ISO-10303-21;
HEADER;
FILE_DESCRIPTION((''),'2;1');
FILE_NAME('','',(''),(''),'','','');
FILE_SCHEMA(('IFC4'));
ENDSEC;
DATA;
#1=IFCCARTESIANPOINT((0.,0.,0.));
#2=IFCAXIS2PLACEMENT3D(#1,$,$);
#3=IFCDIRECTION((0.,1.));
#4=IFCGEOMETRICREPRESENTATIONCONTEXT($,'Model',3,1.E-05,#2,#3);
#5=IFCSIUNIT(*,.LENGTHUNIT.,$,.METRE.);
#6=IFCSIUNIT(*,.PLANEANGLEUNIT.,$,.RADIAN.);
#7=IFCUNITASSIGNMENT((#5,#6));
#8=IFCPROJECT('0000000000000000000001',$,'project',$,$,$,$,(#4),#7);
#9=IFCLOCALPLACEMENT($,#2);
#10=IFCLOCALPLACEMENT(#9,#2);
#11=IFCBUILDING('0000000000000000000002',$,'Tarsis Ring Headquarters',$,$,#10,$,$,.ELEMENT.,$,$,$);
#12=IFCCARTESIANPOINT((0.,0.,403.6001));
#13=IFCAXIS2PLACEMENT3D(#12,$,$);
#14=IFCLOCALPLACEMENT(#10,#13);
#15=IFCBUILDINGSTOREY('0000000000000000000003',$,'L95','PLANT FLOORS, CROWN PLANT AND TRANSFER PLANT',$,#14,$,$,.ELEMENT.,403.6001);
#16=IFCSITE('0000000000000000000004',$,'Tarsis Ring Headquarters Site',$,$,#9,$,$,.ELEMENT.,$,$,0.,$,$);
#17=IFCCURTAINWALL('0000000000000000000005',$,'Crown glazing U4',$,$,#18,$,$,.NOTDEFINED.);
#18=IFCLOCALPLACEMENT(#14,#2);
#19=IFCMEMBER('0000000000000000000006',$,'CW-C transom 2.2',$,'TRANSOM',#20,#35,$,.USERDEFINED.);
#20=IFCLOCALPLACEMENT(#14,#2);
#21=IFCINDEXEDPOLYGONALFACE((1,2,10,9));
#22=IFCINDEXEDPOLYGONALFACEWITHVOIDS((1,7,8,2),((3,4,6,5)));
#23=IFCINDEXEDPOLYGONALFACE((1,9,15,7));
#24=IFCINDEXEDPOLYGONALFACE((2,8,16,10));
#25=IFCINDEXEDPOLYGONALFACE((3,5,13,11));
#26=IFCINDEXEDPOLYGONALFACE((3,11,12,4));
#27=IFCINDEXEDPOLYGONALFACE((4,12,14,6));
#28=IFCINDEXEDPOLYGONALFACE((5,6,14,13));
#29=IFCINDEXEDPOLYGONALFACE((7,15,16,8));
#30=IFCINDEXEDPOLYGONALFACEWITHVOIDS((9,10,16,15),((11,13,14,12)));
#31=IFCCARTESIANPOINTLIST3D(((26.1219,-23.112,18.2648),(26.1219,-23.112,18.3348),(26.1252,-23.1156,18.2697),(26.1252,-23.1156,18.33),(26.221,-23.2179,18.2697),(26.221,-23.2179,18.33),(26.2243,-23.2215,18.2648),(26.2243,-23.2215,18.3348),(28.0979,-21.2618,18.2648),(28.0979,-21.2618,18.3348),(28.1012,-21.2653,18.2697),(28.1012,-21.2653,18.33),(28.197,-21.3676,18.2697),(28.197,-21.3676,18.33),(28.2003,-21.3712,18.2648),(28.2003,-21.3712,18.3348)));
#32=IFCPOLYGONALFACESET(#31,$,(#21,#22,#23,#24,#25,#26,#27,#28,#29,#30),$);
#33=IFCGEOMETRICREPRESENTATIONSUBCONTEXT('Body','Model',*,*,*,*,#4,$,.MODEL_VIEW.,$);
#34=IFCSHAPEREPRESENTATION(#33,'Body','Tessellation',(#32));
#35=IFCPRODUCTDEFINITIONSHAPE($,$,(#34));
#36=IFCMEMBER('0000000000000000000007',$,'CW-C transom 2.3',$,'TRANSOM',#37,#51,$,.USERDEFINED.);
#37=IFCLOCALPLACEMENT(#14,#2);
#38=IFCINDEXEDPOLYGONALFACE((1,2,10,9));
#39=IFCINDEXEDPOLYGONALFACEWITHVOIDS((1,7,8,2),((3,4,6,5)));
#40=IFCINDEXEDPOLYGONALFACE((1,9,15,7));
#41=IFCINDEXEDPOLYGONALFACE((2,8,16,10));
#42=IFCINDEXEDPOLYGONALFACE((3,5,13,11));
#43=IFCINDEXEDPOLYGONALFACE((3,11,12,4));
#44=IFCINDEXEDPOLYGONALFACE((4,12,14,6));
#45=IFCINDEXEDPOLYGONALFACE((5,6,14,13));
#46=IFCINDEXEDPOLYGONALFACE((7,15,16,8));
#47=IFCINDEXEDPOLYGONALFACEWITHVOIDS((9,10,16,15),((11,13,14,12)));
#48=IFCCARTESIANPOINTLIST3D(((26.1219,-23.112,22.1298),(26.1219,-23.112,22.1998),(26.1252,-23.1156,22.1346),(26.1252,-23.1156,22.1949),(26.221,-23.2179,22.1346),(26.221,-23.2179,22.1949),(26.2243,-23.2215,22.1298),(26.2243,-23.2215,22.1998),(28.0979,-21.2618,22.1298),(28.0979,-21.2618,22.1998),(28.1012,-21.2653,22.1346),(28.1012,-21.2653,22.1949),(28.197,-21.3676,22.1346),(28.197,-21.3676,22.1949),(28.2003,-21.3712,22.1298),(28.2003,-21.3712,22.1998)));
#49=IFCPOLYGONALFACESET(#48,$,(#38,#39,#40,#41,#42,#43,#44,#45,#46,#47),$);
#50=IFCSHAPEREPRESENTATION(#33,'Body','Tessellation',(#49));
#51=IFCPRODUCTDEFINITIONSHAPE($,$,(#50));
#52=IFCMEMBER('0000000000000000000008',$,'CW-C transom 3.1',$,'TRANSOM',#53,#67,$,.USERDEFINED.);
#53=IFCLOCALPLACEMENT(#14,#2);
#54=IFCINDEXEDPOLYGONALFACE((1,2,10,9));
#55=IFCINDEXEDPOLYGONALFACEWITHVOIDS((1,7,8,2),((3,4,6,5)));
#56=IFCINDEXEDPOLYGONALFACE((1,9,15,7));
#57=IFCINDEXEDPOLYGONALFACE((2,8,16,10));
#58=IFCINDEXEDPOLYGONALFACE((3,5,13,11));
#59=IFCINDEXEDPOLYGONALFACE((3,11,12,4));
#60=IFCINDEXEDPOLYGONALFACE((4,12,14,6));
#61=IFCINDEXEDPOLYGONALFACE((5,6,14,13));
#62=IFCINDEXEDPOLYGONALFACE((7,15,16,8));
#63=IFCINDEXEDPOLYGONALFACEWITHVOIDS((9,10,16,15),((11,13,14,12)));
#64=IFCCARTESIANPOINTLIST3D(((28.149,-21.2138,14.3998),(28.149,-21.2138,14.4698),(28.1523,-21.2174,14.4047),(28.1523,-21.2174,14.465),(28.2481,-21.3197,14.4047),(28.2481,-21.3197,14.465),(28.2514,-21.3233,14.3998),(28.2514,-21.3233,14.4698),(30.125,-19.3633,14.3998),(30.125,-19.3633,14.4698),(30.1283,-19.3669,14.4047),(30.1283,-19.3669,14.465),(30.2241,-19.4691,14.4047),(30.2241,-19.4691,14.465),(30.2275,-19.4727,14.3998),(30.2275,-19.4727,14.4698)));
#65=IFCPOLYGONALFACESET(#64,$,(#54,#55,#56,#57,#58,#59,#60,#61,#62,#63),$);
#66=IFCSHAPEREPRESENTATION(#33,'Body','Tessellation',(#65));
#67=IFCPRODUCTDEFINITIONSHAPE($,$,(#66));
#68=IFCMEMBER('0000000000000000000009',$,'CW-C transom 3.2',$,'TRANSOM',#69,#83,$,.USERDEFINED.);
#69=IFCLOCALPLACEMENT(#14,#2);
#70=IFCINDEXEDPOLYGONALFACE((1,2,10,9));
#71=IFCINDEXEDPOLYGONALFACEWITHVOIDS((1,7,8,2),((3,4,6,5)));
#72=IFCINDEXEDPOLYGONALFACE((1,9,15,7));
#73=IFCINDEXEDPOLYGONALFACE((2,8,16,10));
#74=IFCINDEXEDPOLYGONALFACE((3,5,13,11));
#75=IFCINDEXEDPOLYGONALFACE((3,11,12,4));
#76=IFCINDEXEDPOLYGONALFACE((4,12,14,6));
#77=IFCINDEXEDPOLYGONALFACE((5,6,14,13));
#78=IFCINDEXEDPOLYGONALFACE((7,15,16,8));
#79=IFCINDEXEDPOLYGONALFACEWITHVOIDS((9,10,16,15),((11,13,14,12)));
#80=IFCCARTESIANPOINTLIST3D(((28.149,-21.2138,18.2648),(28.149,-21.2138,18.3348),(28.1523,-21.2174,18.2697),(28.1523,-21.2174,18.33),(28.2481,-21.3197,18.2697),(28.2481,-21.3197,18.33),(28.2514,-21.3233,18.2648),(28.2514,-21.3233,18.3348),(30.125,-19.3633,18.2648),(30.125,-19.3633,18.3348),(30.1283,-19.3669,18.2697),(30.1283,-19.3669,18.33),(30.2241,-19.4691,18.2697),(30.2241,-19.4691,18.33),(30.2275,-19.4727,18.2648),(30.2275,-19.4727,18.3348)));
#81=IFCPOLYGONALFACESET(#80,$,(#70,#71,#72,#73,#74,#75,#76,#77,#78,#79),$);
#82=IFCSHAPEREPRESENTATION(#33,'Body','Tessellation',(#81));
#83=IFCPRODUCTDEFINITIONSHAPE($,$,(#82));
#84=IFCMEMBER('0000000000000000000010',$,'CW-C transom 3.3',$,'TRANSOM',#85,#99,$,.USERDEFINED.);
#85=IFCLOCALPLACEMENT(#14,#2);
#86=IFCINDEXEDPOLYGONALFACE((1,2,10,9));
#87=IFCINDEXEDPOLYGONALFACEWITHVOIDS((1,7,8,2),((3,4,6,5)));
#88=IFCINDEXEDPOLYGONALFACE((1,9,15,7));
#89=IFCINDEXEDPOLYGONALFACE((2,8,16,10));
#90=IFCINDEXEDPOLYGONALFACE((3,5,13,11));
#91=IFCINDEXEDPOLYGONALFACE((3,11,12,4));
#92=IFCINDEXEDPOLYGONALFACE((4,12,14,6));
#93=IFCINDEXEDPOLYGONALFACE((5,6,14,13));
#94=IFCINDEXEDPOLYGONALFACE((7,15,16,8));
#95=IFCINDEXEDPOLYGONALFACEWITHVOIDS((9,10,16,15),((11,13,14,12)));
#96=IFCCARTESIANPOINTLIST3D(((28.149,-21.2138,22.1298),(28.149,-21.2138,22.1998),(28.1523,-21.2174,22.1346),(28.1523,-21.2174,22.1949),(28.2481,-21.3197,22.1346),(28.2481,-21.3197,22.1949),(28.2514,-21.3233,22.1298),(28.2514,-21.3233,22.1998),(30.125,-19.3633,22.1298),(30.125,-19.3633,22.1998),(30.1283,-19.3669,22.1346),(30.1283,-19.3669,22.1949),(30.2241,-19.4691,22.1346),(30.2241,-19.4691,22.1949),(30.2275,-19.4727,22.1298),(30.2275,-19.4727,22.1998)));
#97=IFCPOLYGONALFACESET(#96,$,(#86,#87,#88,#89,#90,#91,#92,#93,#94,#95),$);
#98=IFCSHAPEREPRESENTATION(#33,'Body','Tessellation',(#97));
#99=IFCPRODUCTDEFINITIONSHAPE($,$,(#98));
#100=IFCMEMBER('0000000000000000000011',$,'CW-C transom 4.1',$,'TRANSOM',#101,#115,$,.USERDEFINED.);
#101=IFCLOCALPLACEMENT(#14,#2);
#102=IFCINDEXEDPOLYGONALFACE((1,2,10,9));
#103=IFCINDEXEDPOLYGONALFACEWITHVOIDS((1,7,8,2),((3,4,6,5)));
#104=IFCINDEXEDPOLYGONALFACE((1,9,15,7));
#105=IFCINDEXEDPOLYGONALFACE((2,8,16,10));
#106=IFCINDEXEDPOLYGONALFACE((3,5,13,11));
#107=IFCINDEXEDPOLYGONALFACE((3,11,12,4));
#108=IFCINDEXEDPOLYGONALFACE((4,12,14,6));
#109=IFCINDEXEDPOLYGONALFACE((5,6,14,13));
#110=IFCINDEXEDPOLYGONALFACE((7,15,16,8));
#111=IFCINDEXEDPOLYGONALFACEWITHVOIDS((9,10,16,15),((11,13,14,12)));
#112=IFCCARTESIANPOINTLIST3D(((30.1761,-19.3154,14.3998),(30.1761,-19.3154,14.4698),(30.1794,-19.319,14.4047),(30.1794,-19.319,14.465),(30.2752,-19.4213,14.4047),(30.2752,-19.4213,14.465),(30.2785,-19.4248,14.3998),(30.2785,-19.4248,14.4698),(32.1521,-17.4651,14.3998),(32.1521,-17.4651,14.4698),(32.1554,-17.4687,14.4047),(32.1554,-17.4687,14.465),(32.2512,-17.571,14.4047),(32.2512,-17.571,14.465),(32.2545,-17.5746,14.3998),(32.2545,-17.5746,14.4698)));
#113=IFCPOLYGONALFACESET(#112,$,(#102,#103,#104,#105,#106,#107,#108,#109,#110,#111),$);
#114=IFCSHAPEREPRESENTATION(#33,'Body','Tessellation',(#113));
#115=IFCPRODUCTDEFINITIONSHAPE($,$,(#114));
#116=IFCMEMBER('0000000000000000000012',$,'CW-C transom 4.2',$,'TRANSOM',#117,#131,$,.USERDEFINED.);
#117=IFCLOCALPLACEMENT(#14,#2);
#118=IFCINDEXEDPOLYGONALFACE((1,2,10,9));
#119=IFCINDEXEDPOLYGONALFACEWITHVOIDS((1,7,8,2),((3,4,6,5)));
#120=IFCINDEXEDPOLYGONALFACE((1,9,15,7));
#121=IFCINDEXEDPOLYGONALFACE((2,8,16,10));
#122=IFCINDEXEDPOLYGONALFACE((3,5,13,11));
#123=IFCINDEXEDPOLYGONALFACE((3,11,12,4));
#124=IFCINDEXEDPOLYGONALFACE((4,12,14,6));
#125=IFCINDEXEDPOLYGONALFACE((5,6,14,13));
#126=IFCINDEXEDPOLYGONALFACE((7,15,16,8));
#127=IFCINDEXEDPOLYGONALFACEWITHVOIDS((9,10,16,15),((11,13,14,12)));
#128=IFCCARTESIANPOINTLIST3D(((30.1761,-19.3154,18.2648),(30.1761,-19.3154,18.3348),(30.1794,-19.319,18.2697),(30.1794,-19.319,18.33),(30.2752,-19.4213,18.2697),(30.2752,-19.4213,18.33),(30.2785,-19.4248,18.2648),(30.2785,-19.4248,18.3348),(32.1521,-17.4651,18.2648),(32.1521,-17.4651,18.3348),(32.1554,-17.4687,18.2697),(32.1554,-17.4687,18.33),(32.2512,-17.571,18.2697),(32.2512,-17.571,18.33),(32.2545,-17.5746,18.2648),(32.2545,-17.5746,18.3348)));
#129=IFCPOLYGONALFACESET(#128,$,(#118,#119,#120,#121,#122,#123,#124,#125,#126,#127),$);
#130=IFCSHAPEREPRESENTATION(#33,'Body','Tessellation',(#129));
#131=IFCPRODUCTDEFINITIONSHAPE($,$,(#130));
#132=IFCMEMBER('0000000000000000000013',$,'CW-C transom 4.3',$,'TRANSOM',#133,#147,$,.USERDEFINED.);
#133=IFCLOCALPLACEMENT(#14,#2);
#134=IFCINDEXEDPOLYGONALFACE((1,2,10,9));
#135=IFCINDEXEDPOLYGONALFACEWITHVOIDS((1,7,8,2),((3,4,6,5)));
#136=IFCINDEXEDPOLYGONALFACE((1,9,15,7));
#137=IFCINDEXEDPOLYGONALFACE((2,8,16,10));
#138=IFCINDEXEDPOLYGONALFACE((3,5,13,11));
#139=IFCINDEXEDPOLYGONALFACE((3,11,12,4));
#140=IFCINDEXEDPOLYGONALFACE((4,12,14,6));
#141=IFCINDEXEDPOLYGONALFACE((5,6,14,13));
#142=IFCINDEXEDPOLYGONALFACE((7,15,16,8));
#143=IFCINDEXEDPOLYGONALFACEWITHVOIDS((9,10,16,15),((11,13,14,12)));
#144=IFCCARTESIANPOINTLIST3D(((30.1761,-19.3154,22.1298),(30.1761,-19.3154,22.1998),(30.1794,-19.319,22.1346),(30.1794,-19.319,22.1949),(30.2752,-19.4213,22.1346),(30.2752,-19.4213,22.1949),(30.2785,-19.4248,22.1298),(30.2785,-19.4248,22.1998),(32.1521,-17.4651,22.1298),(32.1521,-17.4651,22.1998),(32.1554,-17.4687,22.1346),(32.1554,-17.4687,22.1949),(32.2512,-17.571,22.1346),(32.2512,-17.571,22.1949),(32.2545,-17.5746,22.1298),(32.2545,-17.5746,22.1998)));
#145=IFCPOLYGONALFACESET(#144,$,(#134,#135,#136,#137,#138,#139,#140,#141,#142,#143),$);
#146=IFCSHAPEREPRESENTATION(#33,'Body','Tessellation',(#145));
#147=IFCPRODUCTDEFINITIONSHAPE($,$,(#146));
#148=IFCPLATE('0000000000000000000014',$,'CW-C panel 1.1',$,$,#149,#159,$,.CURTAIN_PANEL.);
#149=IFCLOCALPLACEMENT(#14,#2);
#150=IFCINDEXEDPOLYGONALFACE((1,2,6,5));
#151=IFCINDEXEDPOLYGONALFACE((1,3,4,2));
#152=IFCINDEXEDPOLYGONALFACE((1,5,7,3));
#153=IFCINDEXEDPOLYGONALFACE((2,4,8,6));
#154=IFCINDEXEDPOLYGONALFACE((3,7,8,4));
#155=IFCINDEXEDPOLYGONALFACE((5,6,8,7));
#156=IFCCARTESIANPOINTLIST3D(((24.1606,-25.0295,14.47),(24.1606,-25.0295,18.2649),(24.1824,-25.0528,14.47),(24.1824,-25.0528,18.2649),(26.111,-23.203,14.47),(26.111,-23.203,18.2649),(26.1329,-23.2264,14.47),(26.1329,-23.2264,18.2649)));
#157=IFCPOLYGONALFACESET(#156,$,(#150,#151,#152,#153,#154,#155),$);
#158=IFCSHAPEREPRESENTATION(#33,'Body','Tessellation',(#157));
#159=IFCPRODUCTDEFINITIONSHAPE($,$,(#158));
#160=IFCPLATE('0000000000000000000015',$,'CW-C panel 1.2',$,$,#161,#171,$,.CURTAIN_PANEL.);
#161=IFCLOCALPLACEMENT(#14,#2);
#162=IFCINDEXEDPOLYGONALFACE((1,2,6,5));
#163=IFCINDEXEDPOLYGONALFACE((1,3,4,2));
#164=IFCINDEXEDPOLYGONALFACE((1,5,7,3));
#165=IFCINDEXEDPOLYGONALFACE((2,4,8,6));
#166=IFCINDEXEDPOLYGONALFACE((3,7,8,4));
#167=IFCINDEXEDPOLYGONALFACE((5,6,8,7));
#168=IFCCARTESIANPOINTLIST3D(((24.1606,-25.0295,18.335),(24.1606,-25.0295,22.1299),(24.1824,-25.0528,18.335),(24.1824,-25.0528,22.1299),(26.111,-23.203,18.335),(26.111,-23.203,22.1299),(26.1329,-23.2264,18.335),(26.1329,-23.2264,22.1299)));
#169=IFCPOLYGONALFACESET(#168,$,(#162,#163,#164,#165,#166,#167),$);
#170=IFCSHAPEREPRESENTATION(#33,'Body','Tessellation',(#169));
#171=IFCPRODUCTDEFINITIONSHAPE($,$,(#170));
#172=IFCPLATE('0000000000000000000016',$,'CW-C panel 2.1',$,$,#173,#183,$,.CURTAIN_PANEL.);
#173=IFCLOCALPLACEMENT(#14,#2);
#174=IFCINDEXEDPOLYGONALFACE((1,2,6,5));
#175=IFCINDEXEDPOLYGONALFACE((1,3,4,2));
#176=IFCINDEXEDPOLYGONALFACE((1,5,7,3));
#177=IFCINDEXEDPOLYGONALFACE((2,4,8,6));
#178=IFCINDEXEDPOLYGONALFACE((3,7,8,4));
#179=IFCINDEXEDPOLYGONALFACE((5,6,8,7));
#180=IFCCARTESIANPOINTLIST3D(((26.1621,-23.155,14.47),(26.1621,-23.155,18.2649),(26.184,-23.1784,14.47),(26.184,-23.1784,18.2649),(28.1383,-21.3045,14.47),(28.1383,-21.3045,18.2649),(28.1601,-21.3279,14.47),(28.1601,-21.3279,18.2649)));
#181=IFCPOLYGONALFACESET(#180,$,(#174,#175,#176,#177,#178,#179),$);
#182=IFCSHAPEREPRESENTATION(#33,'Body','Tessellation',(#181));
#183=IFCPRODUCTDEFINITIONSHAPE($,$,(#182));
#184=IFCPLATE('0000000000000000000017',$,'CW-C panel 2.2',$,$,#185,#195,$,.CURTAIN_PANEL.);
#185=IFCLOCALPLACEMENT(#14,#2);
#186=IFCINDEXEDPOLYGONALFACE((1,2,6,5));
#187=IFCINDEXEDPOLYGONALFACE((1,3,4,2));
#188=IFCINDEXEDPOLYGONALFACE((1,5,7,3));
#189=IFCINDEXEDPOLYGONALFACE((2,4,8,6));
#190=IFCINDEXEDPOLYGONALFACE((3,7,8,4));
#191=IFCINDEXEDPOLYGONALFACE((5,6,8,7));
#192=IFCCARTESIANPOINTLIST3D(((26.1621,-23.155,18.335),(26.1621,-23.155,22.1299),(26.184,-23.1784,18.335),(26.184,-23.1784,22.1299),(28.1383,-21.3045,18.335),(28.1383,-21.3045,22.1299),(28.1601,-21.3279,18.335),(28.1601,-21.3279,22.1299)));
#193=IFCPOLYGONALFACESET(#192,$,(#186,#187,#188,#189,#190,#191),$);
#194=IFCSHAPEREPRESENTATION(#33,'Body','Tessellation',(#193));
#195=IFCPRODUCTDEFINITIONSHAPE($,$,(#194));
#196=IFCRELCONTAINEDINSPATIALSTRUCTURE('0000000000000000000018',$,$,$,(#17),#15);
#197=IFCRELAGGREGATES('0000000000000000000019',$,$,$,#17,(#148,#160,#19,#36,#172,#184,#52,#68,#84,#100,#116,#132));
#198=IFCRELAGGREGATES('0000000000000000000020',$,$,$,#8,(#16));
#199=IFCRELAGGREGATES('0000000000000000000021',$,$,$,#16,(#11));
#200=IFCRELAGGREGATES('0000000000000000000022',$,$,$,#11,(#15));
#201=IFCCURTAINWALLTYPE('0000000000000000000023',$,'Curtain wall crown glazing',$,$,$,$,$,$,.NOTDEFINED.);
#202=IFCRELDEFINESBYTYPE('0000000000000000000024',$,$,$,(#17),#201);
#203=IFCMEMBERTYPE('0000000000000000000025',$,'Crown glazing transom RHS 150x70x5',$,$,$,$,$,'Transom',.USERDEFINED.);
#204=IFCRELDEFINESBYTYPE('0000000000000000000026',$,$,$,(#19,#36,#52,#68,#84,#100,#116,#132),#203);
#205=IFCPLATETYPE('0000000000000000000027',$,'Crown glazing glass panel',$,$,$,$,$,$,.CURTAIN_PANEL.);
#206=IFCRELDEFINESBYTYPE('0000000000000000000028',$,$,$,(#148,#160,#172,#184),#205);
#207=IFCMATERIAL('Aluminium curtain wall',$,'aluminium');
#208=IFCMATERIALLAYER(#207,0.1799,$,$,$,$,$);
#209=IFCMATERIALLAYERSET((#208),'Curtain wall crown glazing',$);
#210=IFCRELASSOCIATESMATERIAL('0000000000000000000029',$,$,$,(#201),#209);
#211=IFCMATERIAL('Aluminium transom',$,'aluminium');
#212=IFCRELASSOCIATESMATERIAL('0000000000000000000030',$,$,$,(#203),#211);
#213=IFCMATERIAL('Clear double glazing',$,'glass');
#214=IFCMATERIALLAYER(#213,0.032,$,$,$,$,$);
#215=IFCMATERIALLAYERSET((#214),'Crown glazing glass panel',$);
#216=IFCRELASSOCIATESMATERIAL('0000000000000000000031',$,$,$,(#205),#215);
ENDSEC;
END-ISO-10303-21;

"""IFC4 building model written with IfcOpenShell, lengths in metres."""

from ifc_helpers import new_model, si_unit, direction, frame, origin, origin_2d, place, context, subcontext, project, spatial, rectangle, hollow_rectangle, extrude, material, layer, layer_set, material_profile, profile_set, type_object, element, aggregate, save


model = new_model("IFC4")

# Units and contexts
model_context = context("Model", 3, precision=1e-05, world=origin(), true_north=direction((0.0, 1.0)))
body_context = subcontext(model_context, "Body", "Model", "MODEL_VIEW")
ifc_project = project(units=[si_unit("LENGTHUNIT", "METRE"), si_unit("PLANEANGLEUNIT", "RADIAN")], contexts=[model_context])

# Site, building, storey
site_placement = place(None, origin())
site = spatial("IfcSite", under=ifc_project, at=site_placement, Name="Tarsis Ring Headquarters Site", CompositionType="ELEMENT", RefElevation=0.0)
building_placement = place(site_placement, origin())
building = spatial("IfcBuilding", under=site, at=building_placement, Name="Tarsis Ring Headquarters", CompositionType="ELEMENT")
storey_placement = place(building_placement, frame((0.0, 0.0, 403.6001)))
storey = spatial("IfcBuildingStorey", under=building, at=storey_placement, Name="L95", Description="PLANT FLOORS, CROWN PLANT AND TRANSFER PLANT", CompositionType="ELEMENT", Elevation=403.6001)

# Curtain wall, members, plates
ifc_material_1 = material(Name="Aluminium curtain wall", Category="aluminium")
ifc_layer_1 = layer(ifc_material_1, 0.1799)
ifc_layer_set_1 = layer_set([ifc_layer_1], Name="Curtain wall crown glazing")
curtain_wall_type = type_object("IfcCurtainWallType", Name="Curtain wall crown glazing", PredefinedType="NOTDEFINED", material=ifc_layer_set_1)
curtain_wall_placement = place(storey_placement, origin())
curtain_wall = element("IfcCurtainWall", 1, at=curtain_wall_placement, inside=storey, type_object=curtain_wall_type, Name="Crown glazing U4", PredefinedType="NOTDEFINED")
ifc_material_2 = material(Name="Aluminium transom", Category="aluminium")
ifc_material_profile_1 = material_profile(ifc_material_2, hollow_rectangle(XDim=0.1499, YDim=0.0701, WallThickness=0.0049, at=origin_2d()), Name="RHS 150x70x5")
ifc_profile_set_1 = profile_set([ifc_material_profile_1], Name="Aluminium transom")
member_type_1 = type_object("IfcMemberType", Name="Crown glazing transom RHS 150x70x5", ElementType="Transom", PredefinedType="USERDEFINED", material=ifc_profile_set_1)
member_1_placement = place(storey_placement, frame((26.1731, -23.1667, 18.2998), z_axis=(0.729948, 0.683503, 0.0), x_axis=(-0.683503, 0.729948, 0.0)))
member_1 = element("IfcMember", 2, at=member_1_placement, type_object=member_type_1, Name="CW-C transom 2.2", ObjectType="TRANSOM", PredefinedType="USERDEFINED", context=body_context, shape_type="SweptSolid", body=[
    extrude(hollow_rectangle(XDim=0.1499, YDim=0.0701, WallThickness=0.0049, at=origin_2d()), origin(), (0.0, 0.0, 1.0), 2.707),
])
member_2_placement = place(storey_placement, frame((26.1731, -23.1667, 22.1648), z_axis=(0.729948, 0.683503, 0.0), x_axis=(-0.683503, 0.729948, 0.0)))
member_2 = element("IfcMember", 3, at=member_2_placement, type_object=member_type_1, Name="CW-C transom 2.3", ObjectType="TRANSOM", PredefinedType="USERDEFINED", context=body_context, shape_type="SweptSolid", body=[
    extrude(hollow_rectangle(XDim=0.1499, YDim=0.0701, WallThickness=0.0049, at=origin_2d()), origin(), (0.0, 0.0, 1.0), 2.707),
])
member_3_placement = place(storey_placement, frame((28.2002, -21.2686, 14.4348), z_axis=(0.729903, 0.683551, 0.0), x_axis=(-0.683551, 0.729903, 0.0)))
member_3 = element("IfcMember", 4, at=member_3_placement, type_object=member_type_1, Name="CW-C transom 3.1", ObjectType="TRANSOM", PredefinedType="USERDEFINED", context=body_context, shape_type="SweptSolid", body=[
    extrude(hollow_rectangle(XDim=0.1499, YDim=0.0701, WallThickness=0.0049, at=origin_2d()), origin(), (0.0, 0.0, 1.0), 2.7073),
])
member_4_placement = place(storey_placement, frame((28.2002, -21.2686, 18.2998), z_axis=(0.729903, 0.683551, 0.0), x_axis=(-0.683551, 0.729903, 0.0)))
member_4 = element("IfcMember", 5, at=member_4_placement, type_object=member_type_1, Name="CW-C transom 3.2", ObjectType="TRANSOM", PredefinedType="USERDEFINED", context=body_context, shape_type="SweptSolid", body=[
    extrude(hollow_rectangle(XDim=0.1499, YDim=0.0701, WallThickness=0.0049, at=origin_2d()), origin(), (0.0, 0.0, 1.0), 2.7073),
])
member_5_placement = place(storey_placement, frame((28.2002, -21.2686, 22.1648), z_axis=(0.729903, 0.683551, 0.0), x_axis=(-0.683551, 0.729903, 0.0)))
member_5 = element("IfcMember", 6, at=member_5_placement, type_object=member_type_1, Name="CW-C transom 3.3", ObjectType="TRANSOM", PredefinedType="USERDEFINED", context=body_context, shape_type="SweptSolid", body=[
    extrude(hollow_rectangle(XDim=0.1499, YDim=0.0701, WallThickness=0.0049, at=origin_2d()), origin(), (0.0, 0.0, 1.0), 2.7073),
])
member_6_placement = place(storey_placement, frame((30.2273, -19.3701, 14.4348), z_axis=(0.729948, 0.683503, 0.0), x_axis=(-0.683503, 0.729948, 0.0)))
member_6 = element("IfcMember", 7, at=member_6_placement, type_object=member_type_1, Name="CW-C transom 4.1", ObjectType="TRANSOM", PredefinedType="USERDEFINED", context=body_context, shape_type="SweptSolid", body=[
    extrude(hollow_rectangle(XDim=0.1499, YDim=0.0701, WallThickness=0.0049, at=origin_2d()), origin(), (0.0, 0.0, 1.0), 2.707),
])
member_7_placement = place(storey_placement, frame((30.2273, -19.3701, 18.2998), z_axis=(0.729948, 0.683503, 0.0), x_axis=(-0.683503, 0.729948, 0.0)))
member_7 = element("IfcMember", 8, at=member_7_placement, type_object=member_type_1, Name="CW-C transom 4.2", ObjectType="TRANSOM", PredefinedType="USERDEFINED", context=body_context, shape_type="SweptSolid", body=[
    extrude(hollow_rectangle(XDim=0.1499, YDim=0.0701, WallThickness=0.0049, at=origin_2d()), origin(), (0.0, 0.0, 1.0), 2.707),
])
member_8_placement = place(storey_placement, frame((30.2273, -19.3701, 22.1648), z_axis=(0.729948, 0.683503, 0.0), x_axis=(-0.683503, 0.729948, 0.0)))
member_8 = element("IfcMember", 9, at=member_8_placement, type_object=member_type_1, Name="CW-C transom 4.3", ObjectType="TRANSOM", PredefinedType="USERDEFINED", context=body_context, shape_type="SweptSolid", body=[
    extrude(hollow_rectangle(XDim=0.1499, YDim=0.0701, WallThickness=0.0049, at=origin_2d()), origin(), (0.0, 0.0, 1.0), 2.707),
])
ifc_material_3 = material(Name="Clear double glazing", Category="glass")
ifc_layer_2 = layer(ifc_material_3, 0.032)
ifc_layer_set_2 = layer_set([ifc_layer_2], Name="Crown glazing glass panel")
plate_type = type_object("IfcPlateType", Name="Crown glazing glass panel", PredefinedType="CURTAIN_PANEL", material=ifc_layer_set_2)
plate_1_placement = place(storey_placement, frame((25.1467, -24.1279, 14.47), z_axis=(0.0, 0.0, 1.0), x_axis=(0.729924, 0.683529, 0.0)))
plate_1 = element("IfcPlate", 10, at=plate_1_placement, type_object=plate_type, Name="CW-C panel 1.1", PredefinedType="CURTAIN_PANEL", context=body_context, shape_type="SweptSolid", body=[
    extrude(rectangle(XDim=2.6721, YDim=0.032, at=origin_2d()), origin(), (0.0, 0.0, 1.0), 3.7949),
])
plate_2_placement = place(storey_placement, frame((25.1467, -24.1279, 18.335), z_axis=(0.0, 0.0, 1.0), x_axis=(0.729924, 0.683529, 0.0)))
plate_2 = element("IfcPlate", 11, at=plate_2_placement, type_object=plate_type, Name="CW-C panel 1.2", PredefinedType="CURTAIN_PANEL", context=body_context, shape_type="SweptSolid", body=[
    extrude(rectangle(XDim=2.6721, YDim=0.032, at=origin_2d()), origin(), (0.0, 0.0, 1.0), 3.7949),
])
plate_3_placement = place(storey_placement, frame((27.1611, -22.2415, 14.47), z_axis=(0.0, 0.0, 1.0), x_axis=(0.729924, 0.683529, 0.0)))
plate_3 = element("IfcPlate", 12, at=plate_3_placement, type_object=plate_type, Name="CW-C panel 2.1", PredefinedType="CURTAIN_PANEL", context=body_context, shape_type="SweptSolid", body=[
    extrude(rectangle(XDim=2.7073, YDim=0.032, at=origin_2d()), origin(), (0.0, 0.0, 1.0), 3.7949),
])
plate_4_placement = place(storey_placement, frame((27.1611, -22.2415, 18.335), z_axis=(0.0, 0.0, 1.0), x_axis=(0.729924, 0.683529, 0.0)))
plate_4 = element("IfcPlate", 13, at=plate_4_placement, type_object=plate_type, Name="CW-C panel 2.2", PredefinedType="CURTAIN_PANEL", context=body_context, shape_type="SweptSolid", body=[
    extrude(rectangle(XDim=2.7073, YDim=0.032, at=origin_2d()), origin(), (0.0, 0.0, 1.0), 3.7949),
])
aggregate(curtain_wall, [plate_1, plate_2, member_1, member_2, plate_3, plate_4, member_3, member_4, member_5, member_6, member_7, member_8])

save(model, "model.ifc")
